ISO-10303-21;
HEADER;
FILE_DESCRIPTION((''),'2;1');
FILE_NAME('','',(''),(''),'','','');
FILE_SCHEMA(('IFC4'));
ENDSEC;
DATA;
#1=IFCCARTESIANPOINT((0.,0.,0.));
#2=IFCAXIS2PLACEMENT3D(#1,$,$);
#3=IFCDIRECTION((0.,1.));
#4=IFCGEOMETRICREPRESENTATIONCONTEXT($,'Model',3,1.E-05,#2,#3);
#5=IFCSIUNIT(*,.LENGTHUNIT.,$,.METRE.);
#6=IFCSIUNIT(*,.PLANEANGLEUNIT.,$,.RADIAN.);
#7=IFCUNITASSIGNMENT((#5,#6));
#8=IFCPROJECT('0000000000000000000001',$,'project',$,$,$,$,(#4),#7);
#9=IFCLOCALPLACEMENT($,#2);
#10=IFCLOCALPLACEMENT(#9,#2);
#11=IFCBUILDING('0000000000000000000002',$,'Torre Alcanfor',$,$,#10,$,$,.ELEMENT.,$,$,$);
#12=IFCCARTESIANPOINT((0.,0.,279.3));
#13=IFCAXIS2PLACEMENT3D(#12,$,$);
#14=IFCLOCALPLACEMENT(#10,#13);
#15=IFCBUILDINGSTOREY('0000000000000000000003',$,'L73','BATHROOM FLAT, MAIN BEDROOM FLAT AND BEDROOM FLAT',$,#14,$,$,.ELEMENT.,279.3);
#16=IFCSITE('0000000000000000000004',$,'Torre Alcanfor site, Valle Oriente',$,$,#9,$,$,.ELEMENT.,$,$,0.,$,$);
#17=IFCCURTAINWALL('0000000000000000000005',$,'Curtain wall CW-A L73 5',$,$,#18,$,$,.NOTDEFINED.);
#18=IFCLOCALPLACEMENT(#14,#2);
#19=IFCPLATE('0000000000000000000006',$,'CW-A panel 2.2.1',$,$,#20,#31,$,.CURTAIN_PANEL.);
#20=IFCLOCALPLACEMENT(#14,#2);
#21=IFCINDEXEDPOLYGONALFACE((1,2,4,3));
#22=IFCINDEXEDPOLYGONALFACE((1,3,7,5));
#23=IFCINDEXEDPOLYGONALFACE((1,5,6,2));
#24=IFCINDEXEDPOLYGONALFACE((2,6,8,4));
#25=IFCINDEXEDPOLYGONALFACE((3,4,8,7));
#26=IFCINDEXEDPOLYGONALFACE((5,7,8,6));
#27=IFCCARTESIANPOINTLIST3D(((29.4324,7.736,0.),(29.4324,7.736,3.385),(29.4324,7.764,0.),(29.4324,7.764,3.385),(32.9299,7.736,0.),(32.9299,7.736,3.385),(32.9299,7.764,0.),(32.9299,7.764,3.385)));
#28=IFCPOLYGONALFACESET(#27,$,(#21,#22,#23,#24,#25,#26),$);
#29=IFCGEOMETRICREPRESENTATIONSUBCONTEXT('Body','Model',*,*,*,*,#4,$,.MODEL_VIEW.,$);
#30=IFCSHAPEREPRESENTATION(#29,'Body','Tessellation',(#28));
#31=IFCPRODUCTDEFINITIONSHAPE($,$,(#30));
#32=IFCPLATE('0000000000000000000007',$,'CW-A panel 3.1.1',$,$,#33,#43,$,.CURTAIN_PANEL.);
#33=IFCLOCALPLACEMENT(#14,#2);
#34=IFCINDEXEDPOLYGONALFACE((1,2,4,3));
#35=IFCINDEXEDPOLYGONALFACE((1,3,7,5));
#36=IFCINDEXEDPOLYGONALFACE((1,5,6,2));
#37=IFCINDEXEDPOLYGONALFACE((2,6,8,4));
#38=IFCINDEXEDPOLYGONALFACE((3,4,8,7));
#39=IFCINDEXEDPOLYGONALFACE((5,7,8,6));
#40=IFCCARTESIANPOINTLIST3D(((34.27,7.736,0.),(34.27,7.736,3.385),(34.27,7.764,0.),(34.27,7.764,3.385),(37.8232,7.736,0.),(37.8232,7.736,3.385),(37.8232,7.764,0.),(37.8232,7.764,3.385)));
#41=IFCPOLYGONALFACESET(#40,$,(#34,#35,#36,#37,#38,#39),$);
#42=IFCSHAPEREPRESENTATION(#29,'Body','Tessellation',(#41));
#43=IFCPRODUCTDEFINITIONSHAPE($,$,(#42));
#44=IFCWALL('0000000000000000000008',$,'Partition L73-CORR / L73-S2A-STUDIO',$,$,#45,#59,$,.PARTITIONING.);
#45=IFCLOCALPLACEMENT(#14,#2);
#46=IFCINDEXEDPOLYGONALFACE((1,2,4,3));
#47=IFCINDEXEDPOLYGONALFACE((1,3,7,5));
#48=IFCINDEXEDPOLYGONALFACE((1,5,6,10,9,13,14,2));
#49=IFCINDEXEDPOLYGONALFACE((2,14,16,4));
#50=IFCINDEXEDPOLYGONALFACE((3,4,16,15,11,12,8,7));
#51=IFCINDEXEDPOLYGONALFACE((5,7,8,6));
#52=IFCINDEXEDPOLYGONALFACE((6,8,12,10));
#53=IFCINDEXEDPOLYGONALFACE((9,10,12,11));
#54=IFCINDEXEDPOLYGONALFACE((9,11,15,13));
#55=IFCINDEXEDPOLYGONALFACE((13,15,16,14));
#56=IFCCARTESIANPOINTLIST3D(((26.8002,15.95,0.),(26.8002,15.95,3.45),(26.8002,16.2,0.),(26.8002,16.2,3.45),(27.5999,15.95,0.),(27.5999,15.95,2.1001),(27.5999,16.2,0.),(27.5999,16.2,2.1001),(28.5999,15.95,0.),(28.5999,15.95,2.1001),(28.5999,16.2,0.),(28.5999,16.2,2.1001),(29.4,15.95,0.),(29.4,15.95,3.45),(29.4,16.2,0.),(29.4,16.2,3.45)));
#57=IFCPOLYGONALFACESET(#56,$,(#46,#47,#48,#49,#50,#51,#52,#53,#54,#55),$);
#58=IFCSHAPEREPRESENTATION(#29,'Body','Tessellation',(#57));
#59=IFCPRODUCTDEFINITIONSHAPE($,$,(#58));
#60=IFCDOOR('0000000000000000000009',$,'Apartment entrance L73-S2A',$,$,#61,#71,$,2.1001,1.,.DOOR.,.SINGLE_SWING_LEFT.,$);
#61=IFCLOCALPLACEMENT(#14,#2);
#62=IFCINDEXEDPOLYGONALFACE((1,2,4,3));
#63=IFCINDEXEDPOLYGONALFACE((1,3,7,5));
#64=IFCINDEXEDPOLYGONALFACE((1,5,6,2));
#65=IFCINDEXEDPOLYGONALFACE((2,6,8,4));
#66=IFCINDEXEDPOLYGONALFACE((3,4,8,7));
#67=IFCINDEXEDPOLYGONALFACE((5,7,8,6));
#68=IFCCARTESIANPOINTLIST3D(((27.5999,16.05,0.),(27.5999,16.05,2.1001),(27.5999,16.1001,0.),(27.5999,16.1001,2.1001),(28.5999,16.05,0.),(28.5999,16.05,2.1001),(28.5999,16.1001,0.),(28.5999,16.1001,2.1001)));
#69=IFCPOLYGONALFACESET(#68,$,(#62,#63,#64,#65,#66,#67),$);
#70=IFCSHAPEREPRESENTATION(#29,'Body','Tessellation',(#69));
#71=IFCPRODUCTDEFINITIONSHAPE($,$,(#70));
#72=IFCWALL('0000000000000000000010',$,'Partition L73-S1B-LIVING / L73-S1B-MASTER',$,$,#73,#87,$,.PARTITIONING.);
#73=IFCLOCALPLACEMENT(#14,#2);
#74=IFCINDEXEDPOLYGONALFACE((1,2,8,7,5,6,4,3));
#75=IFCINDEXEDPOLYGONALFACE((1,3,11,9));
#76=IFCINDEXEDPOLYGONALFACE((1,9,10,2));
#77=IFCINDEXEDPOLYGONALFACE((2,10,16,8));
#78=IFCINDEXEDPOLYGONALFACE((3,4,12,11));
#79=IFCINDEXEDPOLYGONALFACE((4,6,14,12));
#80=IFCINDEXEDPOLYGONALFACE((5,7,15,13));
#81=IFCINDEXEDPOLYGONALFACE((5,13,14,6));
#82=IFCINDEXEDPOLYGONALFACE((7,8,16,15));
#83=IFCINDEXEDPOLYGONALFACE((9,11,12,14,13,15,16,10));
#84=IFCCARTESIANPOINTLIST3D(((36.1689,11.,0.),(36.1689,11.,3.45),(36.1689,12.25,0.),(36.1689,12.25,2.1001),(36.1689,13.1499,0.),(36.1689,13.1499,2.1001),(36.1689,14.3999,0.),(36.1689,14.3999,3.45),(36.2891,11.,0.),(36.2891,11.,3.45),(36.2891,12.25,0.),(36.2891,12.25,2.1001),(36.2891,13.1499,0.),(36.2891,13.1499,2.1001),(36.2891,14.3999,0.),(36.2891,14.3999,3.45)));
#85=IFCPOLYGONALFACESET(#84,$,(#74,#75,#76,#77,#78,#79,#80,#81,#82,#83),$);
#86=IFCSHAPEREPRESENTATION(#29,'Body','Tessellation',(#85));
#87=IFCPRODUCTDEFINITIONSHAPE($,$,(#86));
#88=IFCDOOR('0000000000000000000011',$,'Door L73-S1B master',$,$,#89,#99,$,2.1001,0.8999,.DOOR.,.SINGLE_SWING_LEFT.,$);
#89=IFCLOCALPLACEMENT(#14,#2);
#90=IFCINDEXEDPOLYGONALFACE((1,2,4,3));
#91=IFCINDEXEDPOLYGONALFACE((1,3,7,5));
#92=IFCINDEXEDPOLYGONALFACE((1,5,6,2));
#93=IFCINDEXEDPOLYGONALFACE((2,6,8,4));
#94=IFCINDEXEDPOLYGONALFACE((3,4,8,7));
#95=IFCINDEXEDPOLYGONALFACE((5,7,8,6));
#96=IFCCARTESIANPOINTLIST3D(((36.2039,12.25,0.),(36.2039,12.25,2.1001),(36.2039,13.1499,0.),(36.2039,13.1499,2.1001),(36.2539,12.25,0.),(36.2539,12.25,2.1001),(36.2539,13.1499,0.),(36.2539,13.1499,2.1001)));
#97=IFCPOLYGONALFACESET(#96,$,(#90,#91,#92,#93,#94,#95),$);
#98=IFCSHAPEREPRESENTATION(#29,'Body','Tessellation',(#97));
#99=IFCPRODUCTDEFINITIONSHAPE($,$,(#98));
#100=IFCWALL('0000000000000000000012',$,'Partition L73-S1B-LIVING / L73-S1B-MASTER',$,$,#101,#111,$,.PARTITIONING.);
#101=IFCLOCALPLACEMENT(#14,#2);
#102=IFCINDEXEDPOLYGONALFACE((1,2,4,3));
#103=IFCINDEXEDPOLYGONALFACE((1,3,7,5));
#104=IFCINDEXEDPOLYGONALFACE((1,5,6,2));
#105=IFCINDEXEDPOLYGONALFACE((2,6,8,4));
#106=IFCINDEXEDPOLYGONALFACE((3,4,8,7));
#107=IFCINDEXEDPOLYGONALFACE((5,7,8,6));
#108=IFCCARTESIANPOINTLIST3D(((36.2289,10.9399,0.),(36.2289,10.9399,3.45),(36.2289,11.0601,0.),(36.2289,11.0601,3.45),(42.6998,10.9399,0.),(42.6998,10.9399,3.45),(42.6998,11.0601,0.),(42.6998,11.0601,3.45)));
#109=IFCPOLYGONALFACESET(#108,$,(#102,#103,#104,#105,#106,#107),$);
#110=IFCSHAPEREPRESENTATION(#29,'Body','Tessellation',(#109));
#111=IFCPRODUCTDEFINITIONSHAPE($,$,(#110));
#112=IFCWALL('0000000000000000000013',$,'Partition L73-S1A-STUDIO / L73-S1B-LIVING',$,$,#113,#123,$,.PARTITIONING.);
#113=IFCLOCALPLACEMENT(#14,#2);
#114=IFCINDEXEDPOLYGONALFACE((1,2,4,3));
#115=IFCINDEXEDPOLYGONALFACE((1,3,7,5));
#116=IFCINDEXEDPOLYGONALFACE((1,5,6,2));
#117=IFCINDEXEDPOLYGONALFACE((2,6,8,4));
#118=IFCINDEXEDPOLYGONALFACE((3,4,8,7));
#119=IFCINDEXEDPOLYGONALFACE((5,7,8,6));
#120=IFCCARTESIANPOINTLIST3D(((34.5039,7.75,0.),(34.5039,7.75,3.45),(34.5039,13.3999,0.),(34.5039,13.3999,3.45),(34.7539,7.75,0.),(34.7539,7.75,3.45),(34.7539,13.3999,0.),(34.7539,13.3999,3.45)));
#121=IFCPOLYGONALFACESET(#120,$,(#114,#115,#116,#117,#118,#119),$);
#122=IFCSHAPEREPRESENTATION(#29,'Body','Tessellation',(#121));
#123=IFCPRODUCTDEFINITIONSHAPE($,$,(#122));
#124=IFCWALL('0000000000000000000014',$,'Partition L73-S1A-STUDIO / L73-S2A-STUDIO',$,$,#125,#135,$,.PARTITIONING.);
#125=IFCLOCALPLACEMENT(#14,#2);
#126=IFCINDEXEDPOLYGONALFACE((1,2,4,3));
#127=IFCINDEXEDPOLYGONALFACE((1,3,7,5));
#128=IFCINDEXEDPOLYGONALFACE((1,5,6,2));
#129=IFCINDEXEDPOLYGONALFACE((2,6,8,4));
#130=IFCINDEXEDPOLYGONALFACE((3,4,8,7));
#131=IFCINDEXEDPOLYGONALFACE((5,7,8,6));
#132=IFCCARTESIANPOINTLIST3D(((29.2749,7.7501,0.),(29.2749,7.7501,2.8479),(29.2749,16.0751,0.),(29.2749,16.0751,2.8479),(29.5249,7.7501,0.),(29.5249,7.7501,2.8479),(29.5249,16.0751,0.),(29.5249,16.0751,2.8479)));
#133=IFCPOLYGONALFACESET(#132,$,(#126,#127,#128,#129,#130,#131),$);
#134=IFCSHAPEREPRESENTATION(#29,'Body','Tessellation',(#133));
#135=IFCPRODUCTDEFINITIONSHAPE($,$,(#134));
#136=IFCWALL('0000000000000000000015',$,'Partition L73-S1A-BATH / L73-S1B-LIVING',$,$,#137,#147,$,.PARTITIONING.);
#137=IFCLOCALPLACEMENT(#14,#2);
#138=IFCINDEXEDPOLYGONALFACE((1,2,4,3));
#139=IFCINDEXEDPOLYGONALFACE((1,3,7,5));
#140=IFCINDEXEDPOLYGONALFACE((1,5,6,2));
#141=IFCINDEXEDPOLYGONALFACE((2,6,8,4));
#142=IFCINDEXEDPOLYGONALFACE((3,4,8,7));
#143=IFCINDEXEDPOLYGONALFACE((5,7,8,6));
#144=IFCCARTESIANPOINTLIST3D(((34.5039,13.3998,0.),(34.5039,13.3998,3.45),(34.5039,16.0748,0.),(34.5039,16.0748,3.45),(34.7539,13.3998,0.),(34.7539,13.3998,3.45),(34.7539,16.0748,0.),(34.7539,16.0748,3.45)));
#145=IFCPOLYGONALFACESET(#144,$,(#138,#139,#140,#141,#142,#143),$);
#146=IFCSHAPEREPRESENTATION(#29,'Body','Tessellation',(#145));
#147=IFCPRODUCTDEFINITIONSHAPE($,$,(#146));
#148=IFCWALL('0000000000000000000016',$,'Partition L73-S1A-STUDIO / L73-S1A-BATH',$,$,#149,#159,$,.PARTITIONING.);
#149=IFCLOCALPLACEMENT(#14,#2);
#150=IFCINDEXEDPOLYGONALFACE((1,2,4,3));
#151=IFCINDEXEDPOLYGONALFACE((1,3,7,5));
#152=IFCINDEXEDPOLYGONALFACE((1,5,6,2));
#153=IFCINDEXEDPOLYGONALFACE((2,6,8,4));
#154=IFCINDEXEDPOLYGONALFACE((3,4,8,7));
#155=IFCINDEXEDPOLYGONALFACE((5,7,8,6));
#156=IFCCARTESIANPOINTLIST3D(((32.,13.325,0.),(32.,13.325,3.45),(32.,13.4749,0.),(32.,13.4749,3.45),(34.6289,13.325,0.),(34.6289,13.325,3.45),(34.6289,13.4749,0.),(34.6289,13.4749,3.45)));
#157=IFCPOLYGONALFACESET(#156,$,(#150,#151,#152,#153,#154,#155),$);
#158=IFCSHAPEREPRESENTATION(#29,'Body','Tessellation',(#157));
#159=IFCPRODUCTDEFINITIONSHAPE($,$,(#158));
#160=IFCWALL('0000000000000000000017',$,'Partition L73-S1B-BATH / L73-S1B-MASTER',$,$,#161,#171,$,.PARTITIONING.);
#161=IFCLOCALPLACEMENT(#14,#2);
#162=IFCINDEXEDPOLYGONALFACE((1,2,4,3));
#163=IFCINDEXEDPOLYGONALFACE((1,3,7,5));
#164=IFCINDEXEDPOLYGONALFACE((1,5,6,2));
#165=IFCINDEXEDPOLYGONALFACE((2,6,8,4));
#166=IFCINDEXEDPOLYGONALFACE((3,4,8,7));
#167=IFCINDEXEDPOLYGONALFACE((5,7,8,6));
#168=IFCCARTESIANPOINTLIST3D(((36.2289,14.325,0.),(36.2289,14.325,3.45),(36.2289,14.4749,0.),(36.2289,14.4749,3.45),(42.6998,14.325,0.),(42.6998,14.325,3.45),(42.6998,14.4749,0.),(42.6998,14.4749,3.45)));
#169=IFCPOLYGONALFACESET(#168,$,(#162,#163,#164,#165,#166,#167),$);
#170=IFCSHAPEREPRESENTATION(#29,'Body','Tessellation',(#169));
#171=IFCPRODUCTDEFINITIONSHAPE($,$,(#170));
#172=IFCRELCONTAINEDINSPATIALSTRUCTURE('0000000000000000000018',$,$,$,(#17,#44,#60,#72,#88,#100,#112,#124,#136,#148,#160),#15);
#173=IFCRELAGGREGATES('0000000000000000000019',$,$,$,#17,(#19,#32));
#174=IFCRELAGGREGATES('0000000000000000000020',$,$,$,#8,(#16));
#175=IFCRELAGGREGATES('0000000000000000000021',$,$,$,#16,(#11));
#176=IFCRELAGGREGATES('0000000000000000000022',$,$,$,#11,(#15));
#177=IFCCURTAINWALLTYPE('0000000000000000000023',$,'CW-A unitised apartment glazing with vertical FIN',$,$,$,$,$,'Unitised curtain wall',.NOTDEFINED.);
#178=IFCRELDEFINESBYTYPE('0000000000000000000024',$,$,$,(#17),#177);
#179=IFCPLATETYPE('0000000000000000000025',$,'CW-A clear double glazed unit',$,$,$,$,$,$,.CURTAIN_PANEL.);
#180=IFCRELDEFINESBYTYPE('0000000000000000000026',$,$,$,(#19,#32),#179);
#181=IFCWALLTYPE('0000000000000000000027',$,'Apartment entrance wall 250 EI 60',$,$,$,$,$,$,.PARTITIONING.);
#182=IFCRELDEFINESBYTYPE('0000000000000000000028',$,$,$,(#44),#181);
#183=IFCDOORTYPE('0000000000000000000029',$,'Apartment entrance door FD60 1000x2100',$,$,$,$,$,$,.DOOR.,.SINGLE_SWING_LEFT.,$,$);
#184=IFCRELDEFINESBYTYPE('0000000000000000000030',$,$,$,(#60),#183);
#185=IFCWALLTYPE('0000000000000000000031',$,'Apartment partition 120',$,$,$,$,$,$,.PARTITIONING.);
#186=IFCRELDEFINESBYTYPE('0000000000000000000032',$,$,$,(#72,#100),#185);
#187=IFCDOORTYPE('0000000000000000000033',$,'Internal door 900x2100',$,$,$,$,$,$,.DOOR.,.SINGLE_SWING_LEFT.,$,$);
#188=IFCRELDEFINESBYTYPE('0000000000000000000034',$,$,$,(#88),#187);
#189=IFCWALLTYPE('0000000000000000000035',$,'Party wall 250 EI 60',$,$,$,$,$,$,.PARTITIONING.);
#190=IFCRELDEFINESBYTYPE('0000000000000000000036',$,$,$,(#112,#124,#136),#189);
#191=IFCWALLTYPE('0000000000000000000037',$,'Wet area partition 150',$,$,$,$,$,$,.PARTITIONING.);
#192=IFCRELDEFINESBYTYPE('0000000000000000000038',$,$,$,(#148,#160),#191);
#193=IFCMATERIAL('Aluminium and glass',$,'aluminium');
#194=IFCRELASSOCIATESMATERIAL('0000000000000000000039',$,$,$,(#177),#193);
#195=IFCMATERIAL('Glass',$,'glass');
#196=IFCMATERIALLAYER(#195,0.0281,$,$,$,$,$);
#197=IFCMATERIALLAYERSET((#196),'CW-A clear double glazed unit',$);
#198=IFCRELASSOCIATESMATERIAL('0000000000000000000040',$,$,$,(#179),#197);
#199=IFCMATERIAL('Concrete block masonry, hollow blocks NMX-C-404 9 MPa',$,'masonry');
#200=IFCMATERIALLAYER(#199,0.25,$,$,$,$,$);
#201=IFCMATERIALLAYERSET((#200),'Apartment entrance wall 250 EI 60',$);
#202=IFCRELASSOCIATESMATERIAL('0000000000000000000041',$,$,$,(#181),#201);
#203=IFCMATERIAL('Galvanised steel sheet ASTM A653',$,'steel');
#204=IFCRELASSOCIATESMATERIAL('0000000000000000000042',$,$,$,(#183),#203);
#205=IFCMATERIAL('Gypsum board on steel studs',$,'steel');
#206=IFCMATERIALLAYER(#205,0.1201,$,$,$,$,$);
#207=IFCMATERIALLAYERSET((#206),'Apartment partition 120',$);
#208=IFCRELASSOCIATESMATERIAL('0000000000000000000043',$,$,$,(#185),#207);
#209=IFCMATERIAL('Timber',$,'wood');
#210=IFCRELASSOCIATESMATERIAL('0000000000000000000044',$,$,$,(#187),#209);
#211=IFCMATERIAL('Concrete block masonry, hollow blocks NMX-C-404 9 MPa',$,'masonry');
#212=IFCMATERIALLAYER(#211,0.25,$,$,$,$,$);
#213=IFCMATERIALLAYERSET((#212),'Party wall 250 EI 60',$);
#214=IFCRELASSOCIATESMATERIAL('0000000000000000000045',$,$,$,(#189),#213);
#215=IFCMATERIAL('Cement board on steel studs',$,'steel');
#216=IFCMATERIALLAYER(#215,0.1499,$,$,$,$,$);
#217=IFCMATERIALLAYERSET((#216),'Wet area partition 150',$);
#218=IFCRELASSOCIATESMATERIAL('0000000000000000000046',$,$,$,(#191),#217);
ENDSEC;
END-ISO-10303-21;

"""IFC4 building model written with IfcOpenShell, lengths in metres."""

from ifc_helpers import new_model, si_unit, direction, frame, frame_2d, origin, origin_2d, place, context, subcontext, project, spatial, rectangle, extrude, material, layer, layer_set, type_object, element, fill, aggregate, save


model = new_model("IFC4")

# Units and contexts
model_context = context("Model", 3, precision=1e-05, world=origin(), true_north=direction((0.0, 1.0)))
body_context = subcontext(model_context, "Body", "Model", "MODEL_VIEW")
ifc_project = project(units=[si_unit("LENGTHUNIT", "METRE"), si_unit("PLANEANGLEUNIT", "RADIAN")], contexts=[model_context])

# Site, building, storey
site_placement = place(None, origin())
site = spatial("IfcSite", under=ifc_project, at=site_placement, Name="Torre Alcanfor site, Valle Oriente", CompositionType="ELEMENT", RefElevation=0.0)
building_placement = place(site_placement, origin())
building = spatial("IfcBuilding", under=site, at=building_placement, Name="Torre Alcanfor", CompositionType="ELEMENT")
storey_placement = place(building_placement, frame((0.0, 0.0, 279.3)))
storey = spatial("IfcBuildingStorey", under=building, at=storey_placement, Name="L73", Description="BATHROOM FLAT, MAIN BEDROOM FLAT AND BEDROOM FLAT", CompositionType="ELEMENT", Elevation=279.3)

# Curtain wall
ifc_material_1 = material(Name="Aluminium and glass", Category="aluminium")
curtain_wall_type = type_object("IfcCurtainWallType", Name="CW-A unitised apartment glazing with vertical FIN", ElementType="Unitised curtain wall", PredefinedType="NOTDEFINED", material=ifc_material_1)
curtain_wall_placement = place(storey_placement, origin())
curtain_wall = element("IfcCurtainWall", 1, at=curtain_wall_placement, inside=storey, type_object=curtain_wall_type, Name="Curtain wall CW-A L73 5", PredefinedType="NOTDEFINED")

# Plates
ifc_material_2 = material(Name="Glass", Category="glass")
ifc_layer_1 = layer(ifc_material_2, 0.0281)
ifc_layer_set_1 = layer_set([ifc_layer_1], Name="CW-A clear double glazed unit")
plate_type = type_object("IfcPlateType", Name="CW-A clear double glazed unit", PredefinedType="CURTAIN_PANEL", material=ifc_layer_set_1)
plate_1_placement = place(storey_placement, frame((31.1812, 7.75, 0.0), z_axis=(0.0, 0.0, 1.0), x_axis=(1.0, 0.0, 0.0)))
plate_1 = element("IfcPlate", 2, at=plate_1_placement, type_object=plate_type, Name="CW-A panel 2.2.1", PredefinedType="CURTAIN_PANEL", context=body_context, shape_type="SweptSolid", body=[
    extrude(rectangle(XDim=3.4976, YDim=0.0281, at=origin_2d()), origin(), (0.0, 0.0, 1.0), 3.385),
])
plate_2_placement = place(storey_placement, frame((36.0466, 7.75, 0.0), z_axis=(0.0, 0.0, 1.0), x_axis=(1.0, 0.0, 0.0)))
plate_2 = element("IfcPlate", 3, at=plate_2_placement, type_object=plate_type, Name="CW-A panel 3.1.1", PredefinedType="CURTAIN_PANEL", context=body_context, shape_type="SweptSolid", body=[
    extrude(rectangle(XDim=3.5532, YDim=0.0281, at=origin_2d()), origin(), (0.0, 0.0, 1.0), 3.385),
])
aggregate(curtain_wall, [plate_1, plate_2])

# Walls, openings, doors
ifc_material_3 = material(Name="Concrete block masonry, hollow blocks NMX-C-404 9 MPa", Category="masonry")
ifc_layer_2 = layer(ifc_material_3, 0.25)
ifc_layer_set_2 = layer_set([ifc_layer_2], Name="Apartment entrance wall 250 EI 60")
wall_type_1 = type_object("IfcWallType", Name="Apartment entrance wall 250 EI 60", PredefinedType="PARTITIONING", material=ifc_layer_set_2)
wall_1_placement = place(storey_placement, frame((29.3999, 16.075, 0.0), z_axis=(0.0, 0.0, 1.0), x_axis=(-1.0, 0.0, 0.0)))
wall_1 = element("IfcWall", 4, at=wall_1_placement, inside=storey, type_object=wall_type_1, Name="Partition L73-CORR / L73-S2A-STUDIO", PredefinedType="PARTITIONING", context=body_context, shape_type="SweptSolid", body=[
    extrude(rectangle(XDim=2.5999, YDim=0.25, at=frame_2d((1.2998, 0.0))), origin(), (0.0, 0.0, 1.0), 3.45),
])
opening_1_placement = place(wall_1_placement, frame((0.8, 0.0, 0.0)))
opening_1 = element("IfcOpeningElement", 5, at=opening_1_placement, cuts=wall_1, PredefinedType="OPENING", context=body_context, shape_type="SweptSolid", body=[
    extrude(rectangle(XDim=1.0, YDim=2.1001, at=frame_2d((0.5, 1.05))), frame((0.0, 0.135, 0.0), z_axis=(0.0, -1.0, 0.0), x_axis=(1.0, 0.0, 0.0)), (0.0, 0.0, 1.0), 0.27),
])
ifc_material_4 = material(Name="Galvanised steel sheet ASTM A653", Category="steel")
door_type_1 = type_object("IfcDoorType", Name="Apartment entrance door FD60 1000x2100", OperationType="SINGLE_SWING_LEFT", PredefinedType="DOOR", material=ifc_material_4)
door_1_placement = place(opening_1_placement, origin())
door_1 = element("IfcDoor", 6, at=door_1_placement, inside=storey, type_object=door_type_1, Name="Apartment entrance L73-S2A", OperationType="SINGLE_SWING_LEFT", OverallHeight=2.1001, OverallWidth=1.0, PredefinedType="DOOR", context=body_context, shape_type="SweptSolid", body=[
    extrude(rectangle(XDim=1.0, YDim=2.1001, at=frame_2d((0.5, 1.05))), frame((0.0, 0.0249, 0.0), z_axis=(0.0, -1.0, 0.0), x_axis=(1.0, 0.0, 0.0)), (0.0, 0.0, 1.0), 0.05),
])
fill(opening_1, door_1)
ifc_material_5 = material(Name="Gypsum board on steel studs", Category="steel")
ifc_layer_3 = layer(ifc_material_5, 0.1201)
ifc_layer_set_3 = layer_set([ifc_layer_3], Name="Apartment partition 120")
wall_type_2 = type_object("IfcWallType", Name="Apartment partition 120", PredefinedType="PARTITIONING", material=ifc_layer_set_3)
wall_2_placement = place(storey_placement, frame((36.229, 14.3999, 0.0), z_axis=(0.0, 0.0, 1.0), x_axis=(0.0, -1.0, 0.0)))
wall_2 = element("IfcWall", 7, at=wall_2_placement, inside=storey, type_object=wall_type_2, Name="Partition L73-S1B-LIVING / L73-S1B-MASTER", PredefinedType="PARTITIONING", context=body_context, shape_type="SweptSolid", body=[
    extrude(rectangle(XDim=3.3999, YDim=0.1201, at=frame_2d((1.7, 0.0))), origin(), (0.0, 0.0, 1.0), 3.45),
])
opening_2_placement = place(wall_2_placement, frame((1.25, 0.0, 0.0)))
opening_2 = element("IfcOpeningElement", 8, at=opening_2_placement, cuts=wall_2, PredefinedType="OPENING", context=body_context, shape_type="SweptSolid", body=[
    extrude(rectangle(XDim=0.8999, YDim=2.1001, at=frame_2d((0.45, 1.05))), frame((0.0, 0.0701, 0.0), z_axis=(0.0, -1.0, 0.0), x_axis=(1.0, 0.0, 0.0)), (0.0, 0.0, 1.0), 0.1401),
])
ifc_material_6 = material(Name="Timber", Category="wood")
door_type_2 = type_object("IfcDoorType", Name="Internal door 900x2100", OperationType="SINGLE_SWING_LEFT", PredefinedType="DOOR", material=ifc_material_6)
door_2_placement = place(opening_2_placement, origin())
door_2 = element("IfcDoor", 9, at=door_2_placement, inside=storey, type_object=door_type_2, Name="Door L73-S1B master", OperationType="SINGLE_SWING_LEFT", OverallHeight=2.1001, OverallWidth=0.8999, PredefinedType="DOOR", context=body_context, shape_type="SweptSolid", body=[
    extrude(rectangle(XDim=0.8999, YDim=2.1001, at=frame_2d((0.45, 1.05))), frame((0.0, 0.0249, 0.0), z_axis=(0.0, -1.0, 0.0), x_axis=(1.0, 0.0, 0.0)), (0.0, 0.0, 1.0), 0.05),
])
fill(opening_2, door_2)

# Walls
wall_3_placement = place(storey_placement, frame((36.229, 11.0, 0.0), z_axis=(0.0, 0.0, 1.0), x_axis=(1.0, 0.0, 0.0)))
element("IfcWall", 10, at=wall_3_placement, inside=storey, type_object=wall_type_2, Name="Partition L73-S1B-LIVING / L73-S1B-MASTER", PredefinedType="PARTITIONING", context=body_context, shape_type="SweptSolid", body=[
    extrude(rectangle(XDim=6.4709, YDim=0.1201, at=frame_2d((3.2354, 0.0))), origin(), (0.0, 0.0, 1.0), 3.45),
])
ifc_material_7 = material(Name="Concrete block masonry, hollow blocks NMX-C-404 9 MPa", Category="masonry")
ifc_layer_4 = layer(ifc_material_7, 0.25)
ifc_layer_set_4 = layer_set([ifc_layer_4], Name="Party wall 250 EI 60")
wall_type_3 = type_object("IfcWallType", Name="Party wall 250 EI 60", PredefinedType="PARTITIONING", material=ifc_layer_set_4)
wall_4_placement = place(storey_placement, frame((34.6289, 13.3999, 0.0), z_axis=(0.0, 0.0, 1.0), x_axis=(0.0, -1.0, 0.0)))
element("IfcWall", 11, at=wall_4_placement, inside=storey, type_object=wall_type_3, Name="Partition L73-S1A-STUDIO / L73-S1B-LIVING", PredefinedType="PARTITIONING", context=body_context, shape_type="SweptSolid", body=[
    extrude(rectangle(XDim=5.6499, YDim=0.25, at=frame_2d((2.825, 0.0))), origin(), (0.0, 0.0, 1.0), 3.45),
])
wall_5_placement = place(storey_placement, frame((29.3999, 7.75, 0.0), z_axis=(0.0, 0.0, 1.0), x_axis=(0.0, 1.0, 0.0)))
element("IfcWall", 12, at=wall_5_placement, inside=storey, type_object=wall_type_3, Name="Partition L73-S1A-STUDIO / L73-S2A-STUDIO", PredefinedType="PARTITIONING", context=body_context, shape_type="SweptSolid", body=[
    extrude(rectangle(XDim=8.325, YDim=0.25, at=frame_2d((4.1626, 0.0))), origin(), (0.0, 0.0, 1.0), 2.8479),
])
wall_6_placement = place(storey_placement, frame((34.6289, 13.3999, 0.0), z_axis=(0.0, 0.0, 1.0), x_axis=(0.0, 1.0, 0.0)))
element("IfcWall", 13, at=wall_6_placement, inside=storey, type_object=wall_type_3, Name="Partition L73-S1A-BATH / L73-S1B-LIVING", PredefinedType="PARTITIONING", context=body_context, shape_type="SweptSolid", body=[
    extrude(rectangle(XDim=2.675, YDim=0.25, at=frame_2d((1.3374, 0.0))), origin(), (0.0, 0.0, 1.0), 3.45),
])
ifc_material_8 = material(Name="Cement board on steel studs", Category="steel")
ifc_layer_5 = layer(ifc_material_8, 0.1499)
ifc_layer_set_5 = layer_set([ifc_layer_5], Name="Wet area partition 150")
wall_type_4 = type_object("IfcWallType", Name="Wet area partition 150", PredefinedType="PARTITIONING", material=ifc_layer_set_5)
wall_7_placement = place(storey_placement, frame((32.0, 13.3999, 0.0), z_axis=(0.0, 0.0, 1.0), x_axis=(1.0, 0.0, 0.0)))
element("IfcWall", 14, at=wall_7_placement, inside=storey, type_object=wall_type_4, Name="Partition L73-S1A-STUDIO / L73-S1A-BATH", PredefinedType="PARTITIONING", context=body_context, shape_type="SweptSolid", body=[
    extrude(rectangle(XDim=2.6289, YDim=0.1499, at=frame_2d((1.3145, 0.0))), origin(), (0.0, 0.0, 1.0), 3.45),
])
wall_8_placement = place(storey_placement, frame((36.229, 14.3999, 0.0), z_axis=(0.0, 0.0, 1.0), x_axis=(1.0, 0.0, 0.0)))
element("IfcWall", 15, at=wall_8_placement, inside=storey, type_object=wall_type_4, Name="Partition L73-S1B-BATH / L73-S1B-MASTER", PredefinedType="PARTITIONING", context=body_context, shape_type="SweptSolid", body=[
    extrude(rectangle(XDim=6.4709, YDim=0.1499, at=frame_2d((3.2354, 0.0))), origin(), (0.0, 0.0, 1.0), 3.45),
])

save(model, "model.ifc")
